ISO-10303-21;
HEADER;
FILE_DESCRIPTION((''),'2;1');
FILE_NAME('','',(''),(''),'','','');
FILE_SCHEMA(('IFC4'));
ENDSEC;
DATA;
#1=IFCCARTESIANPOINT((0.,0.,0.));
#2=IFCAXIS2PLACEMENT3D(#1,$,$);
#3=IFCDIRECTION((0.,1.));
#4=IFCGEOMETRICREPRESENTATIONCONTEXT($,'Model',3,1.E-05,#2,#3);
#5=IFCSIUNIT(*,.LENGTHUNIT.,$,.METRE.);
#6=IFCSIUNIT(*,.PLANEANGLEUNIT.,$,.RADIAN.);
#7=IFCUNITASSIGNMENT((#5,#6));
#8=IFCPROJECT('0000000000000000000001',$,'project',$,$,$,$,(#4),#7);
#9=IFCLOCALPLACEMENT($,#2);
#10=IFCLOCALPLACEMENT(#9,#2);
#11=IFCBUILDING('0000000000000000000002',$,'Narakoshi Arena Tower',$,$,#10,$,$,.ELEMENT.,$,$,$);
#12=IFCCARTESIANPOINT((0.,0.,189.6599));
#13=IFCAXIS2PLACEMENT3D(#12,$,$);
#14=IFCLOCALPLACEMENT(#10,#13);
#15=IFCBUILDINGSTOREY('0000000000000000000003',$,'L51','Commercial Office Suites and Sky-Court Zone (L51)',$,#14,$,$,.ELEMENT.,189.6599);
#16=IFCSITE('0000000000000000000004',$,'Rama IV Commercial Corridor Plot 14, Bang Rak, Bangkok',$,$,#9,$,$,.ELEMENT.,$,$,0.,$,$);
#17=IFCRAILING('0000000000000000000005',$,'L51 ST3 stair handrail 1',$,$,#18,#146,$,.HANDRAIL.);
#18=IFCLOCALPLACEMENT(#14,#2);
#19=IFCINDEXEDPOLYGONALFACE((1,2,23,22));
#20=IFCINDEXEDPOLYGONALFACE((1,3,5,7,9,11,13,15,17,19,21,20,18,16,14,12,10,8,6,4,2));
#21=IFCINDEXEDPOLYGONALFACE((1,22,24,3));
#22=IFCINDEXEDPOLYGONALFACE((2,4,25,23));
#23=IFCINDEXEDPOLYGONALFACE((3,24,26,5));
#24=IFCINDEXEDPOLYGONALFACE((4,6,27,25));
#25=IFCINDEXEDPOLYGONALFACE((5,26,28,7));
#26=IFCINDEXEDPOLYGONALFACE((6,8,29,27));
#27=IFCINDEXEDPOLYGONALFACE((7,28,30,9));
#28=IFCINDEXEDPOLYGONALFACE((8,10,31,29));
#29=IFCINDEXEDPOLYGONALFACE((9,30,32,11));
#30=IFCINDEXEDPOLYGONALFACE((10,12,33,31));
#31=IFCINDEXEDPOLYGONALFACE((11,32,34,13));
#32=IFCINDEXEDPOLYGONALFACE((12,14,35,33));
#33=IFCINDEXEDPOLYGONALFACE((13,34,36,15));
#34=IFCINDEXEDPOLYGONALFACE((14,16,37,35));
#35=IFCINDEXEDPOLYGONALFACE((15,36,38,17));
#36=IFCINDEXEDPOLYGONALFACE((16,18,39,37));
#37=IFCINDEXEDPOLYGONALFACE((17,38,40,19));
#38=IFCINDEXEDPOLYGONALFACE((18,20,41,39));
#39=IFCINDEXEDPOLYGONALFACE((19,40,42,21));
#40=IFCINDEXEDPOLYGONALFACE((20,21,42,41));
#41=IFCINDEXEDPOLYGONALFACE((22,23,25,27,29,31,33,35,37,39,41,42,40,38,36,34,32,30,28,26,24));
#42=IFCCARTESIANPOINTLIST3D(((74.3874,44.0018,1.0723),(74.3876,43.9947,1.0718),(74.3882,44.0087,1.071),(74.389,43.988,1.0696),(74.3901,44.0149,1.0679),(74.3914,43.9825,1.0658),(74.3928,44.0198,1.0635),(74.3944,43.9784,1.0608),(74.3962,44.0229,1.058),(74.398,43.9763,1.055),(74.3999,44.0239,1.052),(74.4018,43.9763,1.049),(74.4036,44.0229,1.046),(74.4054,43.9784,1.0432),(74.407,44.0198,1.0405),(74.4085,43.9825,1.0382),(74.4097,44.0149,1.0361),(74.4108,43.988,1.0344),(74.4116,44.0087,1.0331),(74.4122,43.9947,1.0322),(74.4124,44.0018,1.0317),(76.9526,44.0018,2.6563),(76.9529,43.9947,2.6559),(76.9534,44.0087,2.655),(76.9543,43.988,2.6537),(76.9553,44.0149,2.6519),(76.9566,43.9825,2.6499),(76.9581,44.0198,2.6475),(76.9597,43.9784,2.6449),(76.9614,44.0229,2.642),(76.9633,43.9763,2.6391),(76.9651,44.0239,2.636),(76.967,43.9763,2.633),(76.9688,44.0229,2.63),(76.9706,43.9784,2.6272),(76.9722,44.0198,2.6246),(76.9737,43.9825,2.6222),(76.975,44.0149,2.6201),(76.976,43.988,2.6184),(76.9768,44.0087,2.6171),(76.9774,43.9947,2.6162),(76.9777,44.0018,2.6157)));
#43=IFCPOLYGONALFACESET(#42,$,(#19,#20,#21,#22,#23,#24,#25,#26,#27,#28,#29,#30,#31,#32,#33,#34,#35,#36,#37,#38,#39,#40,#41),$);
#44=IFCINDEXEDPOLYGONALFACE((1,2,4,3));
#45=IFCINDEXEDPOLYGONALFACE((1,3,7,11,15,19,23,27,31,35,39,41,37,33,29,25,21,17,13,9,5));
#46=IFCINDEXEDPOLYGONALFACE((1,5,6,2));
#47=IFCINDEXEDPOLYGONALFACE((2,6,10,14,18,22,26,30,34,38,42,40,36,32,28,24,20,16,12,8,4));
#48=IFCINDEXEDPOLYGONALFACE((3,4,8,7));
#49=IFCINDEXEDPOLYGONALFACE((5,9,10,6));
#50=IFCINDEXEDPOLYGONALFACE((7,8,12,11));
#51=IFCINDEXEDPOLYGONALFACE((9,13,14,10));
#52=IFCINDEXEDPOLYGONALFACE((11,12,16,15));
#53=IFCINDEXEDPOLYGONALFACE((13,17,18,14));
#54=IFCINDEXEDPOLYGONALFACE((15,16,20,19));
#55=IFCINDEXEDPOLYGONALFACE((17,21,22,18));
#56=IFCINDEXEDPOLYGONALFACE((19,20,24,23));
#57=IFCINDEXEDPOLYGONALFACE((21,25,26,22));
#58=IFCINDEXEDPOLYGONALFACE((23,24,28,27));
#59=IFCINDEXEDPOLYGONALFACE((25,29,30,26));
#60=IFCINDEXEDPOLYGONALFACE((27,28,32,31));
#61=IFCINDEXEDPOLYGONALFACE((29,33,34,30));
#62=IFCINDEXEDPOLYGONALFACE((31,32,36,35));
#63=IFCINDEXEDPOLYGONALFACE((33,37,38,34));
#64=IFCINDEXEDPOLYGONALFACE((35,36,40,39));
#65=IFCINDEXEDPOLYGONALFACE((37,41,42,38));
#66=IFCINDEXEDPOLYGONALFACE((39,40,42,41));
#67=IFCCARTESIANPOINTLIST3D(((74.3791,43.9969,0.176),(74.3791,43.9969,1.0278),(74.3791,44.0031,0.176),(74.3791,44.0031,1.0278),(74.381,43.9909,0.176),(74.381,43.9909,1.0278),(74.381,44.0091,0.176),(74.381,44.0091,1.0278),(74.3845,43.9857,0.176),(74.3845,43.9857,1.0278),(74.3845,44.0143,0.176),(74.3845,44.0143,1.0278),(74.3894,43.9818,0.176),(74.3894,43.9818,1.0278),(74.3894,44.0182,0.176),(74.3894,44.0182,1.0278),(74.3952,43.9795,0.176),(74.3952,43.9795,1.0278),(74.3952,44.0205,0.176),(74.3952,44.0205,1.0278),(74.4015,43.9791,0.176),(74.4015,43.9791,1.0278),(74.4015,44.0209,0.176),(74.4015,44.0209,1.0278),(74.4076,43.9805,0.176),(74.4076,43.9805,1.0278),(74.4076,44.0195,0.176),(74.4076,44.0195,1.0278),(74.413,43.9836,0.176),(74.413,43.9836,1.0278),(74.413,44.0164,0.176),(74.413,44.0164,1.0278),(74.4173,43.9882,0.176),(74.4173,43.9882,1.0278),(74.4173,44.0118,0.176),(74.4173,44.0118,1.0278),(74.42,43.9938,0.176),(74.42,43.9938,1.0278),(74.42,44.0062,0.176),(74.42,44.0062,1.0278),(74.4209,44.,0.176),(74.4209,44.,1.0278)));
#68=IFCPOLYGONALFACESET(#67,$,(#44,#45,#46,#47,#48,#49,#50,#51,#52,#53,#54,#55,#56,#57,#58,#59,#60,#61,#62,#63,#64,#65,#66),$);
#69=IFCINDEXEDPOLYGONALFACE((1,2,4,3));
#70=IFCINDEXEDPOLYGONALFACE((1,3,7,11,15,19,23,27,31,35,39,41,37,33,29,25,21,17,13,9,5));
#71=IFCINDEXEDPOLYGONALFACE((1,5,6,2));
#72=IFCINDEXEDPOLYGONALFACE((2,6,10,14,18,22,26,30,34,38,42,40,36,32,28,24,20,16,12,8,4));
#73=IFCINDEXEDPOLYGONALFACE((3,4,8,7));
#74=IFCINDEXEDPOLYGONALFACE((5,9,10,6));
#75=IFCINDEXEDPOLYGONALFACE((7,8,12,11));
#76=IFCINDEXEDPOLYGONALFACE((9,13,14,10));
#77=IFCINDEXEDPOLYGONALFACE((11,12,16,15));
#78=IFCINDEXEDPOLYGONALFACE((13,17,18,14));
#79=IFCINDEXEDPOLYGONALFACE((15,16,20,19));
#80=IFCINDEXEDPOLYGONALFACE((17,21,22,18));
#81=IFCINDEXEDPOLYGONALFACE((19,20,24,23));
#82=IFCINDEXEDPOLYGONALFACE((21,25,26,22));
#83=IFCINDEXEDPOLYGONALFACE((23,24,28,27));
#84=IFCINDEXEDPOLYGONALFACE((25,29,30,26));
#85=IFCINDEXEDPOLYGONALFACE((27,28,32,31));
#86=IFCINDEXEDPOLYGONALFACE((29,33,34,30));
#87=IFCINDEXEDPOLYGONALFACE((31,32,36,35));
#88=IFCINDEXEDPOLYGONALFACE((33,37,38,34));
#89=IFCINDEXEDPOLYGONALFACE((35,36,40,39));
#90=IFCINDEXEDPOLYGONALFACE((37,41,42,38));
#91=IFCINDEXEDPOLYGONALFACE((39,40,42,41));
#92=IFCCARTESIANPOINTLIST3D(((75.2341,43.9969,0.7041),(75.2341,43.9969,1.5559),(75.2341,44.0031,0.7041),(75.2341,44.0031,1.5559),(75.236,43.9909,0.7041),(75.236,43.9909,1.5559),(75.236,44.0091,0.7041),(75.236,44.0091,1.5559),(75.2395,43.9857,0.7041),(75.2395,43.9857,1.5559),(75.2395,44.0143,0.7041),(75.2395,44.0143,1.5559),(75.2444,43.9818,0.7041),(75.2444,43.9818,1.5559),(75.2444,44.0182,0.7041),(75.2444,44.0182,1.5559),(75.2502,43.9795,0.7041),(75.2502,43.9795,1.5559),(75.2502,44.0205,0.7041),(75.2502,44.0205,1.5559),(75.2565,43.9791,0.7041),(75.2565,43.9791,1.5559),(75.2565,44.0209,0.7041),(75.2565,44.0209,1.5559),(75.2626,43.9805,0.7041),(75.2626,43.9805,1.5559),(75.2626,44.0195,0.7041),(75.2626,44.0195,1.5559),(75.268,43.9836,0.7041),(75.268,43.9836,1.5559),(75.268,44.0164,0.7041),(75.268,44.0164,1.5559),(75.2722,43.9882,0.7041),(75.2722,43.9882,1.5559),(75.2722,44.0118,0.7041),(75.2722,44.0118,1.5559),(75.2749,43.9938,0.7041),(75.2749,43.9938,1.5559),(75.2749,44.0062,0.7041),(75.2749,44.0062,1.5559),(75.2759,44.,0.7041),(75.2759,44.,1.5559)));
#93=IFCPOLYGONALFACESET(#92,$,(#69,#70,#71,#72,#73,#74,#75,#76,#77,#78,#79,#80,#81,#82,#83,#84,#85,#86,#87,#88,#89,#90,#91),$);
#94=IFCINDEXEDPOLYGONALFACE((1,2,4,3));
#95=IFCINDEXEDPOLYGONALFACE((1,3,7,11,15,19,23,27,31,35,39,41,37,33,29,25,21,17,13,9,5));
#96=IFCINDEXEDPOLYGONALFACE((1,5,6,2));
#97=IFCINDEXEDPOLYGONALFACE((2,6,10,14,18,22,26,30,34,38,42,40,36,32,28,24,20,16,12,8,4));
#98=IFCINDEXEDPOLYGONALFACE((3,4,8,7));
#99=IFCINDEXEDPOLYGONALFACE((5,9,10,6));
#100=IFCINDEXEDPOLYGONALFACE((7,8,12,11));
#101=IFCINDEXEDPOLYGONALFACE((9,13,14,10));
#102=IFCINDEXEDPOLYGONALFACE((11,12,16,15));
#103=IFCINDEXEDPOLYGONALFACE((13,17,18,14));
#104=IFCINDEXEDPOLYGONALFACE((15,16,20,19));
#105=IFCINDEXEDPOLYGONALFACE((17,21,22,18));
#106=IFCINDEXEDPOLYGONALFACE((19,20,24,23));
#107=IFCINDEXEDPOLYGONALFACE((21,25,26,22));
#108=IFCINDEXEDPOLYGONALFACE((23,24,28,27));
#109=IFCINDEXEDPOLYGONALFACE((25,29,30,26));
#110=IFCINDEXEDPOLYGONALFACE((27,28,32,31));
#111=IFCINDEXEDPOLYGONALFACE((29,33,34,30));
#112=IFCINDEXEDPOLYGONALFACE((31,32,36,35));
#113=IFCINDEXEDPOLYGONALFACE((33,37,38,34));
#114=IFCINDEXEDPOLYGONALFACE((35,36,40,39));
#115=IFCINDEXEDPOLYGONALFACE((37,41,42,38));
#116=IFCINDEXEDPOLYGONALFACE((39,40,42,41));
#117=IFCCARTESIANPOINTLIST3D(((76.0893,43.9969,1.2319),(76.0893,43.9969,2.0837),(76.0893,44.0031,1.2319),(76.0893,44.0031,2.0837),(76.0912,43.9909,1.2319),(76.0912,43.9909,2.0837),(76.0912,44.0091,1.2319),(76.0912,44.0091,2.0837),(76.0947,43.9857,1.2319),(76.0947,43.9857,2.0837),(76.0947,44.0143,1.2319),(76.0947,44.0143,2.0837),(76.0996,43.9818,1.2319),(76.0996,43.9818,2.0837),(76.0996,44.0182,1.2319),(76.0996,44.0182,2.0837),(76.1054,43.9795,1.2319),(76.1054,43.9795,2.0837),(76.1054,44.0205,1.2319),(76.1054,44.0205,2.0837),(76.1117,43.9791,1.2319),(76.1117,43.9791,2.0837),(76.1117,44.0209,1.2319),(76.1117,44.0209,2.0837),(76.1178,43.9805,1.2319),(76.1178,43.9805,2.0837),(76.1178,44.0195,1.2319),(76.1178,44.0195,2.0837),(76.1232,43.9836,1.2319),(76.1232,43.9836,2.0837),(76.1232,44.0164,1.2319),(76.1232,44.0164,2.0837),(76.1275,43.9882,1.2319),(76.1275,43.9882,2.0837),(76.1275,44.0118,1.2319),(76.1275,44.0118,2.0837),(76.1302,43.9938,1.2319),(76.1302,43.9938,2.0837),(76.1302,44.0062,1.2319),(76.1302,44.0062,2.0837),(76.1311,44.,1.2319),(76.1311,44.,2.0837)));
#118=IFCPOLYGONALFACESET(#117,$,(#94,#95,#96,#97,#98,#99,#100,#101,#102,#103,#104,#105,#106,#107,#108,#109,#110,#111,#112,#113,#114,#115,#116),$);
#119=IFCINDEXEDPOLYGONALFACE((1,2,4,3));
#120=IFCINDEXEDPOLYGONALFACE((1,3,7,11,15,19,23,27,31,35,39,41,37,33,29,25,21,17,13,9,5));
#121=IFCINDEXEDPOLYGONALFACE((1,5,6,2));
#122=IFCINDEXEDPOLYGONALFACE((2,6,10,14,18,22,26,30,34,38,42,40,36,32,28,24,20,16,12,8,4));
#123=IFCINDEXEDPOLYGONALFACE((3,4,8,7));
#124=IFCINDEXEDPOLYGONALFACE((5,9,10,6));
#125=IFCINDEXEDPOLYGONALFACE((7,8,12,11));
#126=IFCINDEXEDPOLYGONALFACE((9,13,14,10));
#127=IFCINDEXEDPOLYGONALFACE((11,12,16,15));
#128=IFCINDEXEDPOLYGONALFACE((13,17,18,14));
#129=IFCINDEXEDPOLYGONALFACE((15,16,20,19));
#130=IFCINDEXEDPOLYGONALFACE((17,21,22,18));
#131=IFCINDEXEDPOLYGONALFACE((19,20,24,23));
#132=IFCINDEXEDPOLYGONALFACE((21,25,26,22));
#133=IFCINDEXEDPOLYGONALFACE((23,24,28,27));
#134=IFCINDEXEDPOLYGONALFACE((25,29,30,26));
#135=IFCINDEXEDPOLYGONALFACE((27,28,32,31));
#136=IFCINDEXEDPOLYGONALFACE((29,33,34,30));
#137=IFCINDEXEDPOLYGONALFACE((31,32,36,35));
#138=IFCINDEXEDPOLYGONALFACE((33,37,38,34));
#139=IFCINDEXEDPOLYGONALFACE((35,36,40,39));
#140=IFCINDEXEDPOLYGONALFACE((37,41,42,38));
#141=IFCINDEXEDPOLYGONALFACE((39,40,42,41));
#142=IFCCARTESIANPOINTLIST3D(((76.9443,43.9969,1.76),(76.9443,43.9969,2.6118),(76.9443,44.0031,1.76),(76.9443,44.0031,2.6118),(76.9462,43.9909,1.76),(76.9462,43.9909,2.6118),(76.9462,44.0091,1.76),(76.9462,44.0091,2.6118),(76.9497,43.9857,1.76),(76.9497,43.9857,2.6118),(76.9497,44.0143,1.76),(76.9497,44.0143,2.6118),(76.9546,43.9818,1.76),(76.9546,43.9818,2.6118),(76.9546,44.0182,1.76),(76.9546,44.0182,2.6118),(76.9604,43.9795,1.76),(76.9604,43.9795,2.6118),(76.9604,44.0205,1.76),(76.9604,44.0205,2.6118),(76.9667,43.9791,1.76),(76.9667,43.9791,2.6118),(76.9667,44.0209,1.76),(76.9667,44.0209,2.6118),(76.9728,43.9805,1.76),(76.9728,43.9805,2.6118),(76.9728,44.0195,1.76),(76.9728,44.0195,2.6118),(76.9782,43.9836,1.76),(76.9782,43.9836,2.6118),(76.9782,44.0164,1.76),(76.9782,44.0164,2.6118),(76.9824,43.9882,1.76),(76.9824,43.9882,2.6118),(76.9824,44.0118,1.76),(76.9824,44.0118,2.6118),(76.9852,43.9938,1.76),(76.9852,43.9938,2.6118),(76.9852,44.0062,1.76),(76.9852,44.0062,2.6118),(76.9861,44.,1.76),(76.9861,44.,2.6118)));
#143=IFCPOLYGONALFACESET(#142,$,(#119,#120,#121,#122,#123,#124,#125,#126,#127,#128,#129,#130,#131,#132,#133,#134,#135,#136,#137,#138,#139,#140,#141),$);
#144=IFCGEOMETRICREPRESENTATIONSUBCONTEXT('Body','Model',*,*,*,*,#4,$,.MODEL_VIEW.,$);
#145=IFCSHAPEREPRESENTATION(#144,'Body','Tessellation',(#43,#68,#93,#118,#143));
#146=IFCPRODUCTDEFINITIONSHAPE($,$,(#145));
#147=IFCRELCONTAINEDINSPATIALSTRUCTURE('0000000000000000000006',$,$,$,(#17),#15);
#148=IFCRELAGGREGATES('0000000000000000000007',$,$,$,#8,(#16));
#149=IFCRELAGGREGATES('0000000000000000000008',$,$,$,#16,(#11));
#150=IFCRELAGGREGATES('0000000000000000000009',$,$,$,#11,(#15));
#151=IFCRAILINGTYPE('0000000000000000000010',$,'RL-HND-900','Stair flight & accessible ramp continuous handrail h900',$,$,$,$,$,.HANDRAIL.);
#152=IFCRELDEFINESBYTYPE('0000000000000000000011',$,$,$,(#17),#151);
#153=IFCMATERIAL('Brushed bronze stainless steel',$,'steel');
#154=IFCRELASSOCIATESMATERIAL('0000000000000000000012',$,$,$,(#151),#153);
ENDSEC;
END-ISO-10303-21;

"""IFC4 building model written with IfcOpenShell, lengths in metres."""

from ifc_helpers import new_model, si_unit, direction, frame, origin, origin_2d, place, context, subcontext, project, spatial, circle, extrude, material, type_object, element, save


model = new_model("IFC4")

# Units and contexts
model_context = context("Model", 3, precision=1e-05, world=origin(), true_north=direction((0.0, 1.0)))
body_context = subcontext(model_context, "Body", "Model", "MODEL_VIEW")
ifc_project = project(units=[si_unit("LENGTHUNIT", "METRE"), si_unit("PLANEANGLEUNIT", "RADIAN")], contexts=[model_context])

# Site, building, storey
site_placement = place(None, origin())
site = spatial("IfcSite", under=ifc_project, at=site_placement, Name="Rama IV Commercial Corridor Plot 14, Bang Rak, Bangkok", CompositionType="ELEMENT", RefElevation=0.0)
building_placement = place(site_placement, origin())
building = spatial("IfcBuilding", under=site, at=building_placement, Name="Narakoshi Arena Tower", CompositionType="ELEMENT")
storey_placement = place(building_placement, frame((0.0, 0.0, 189.6599)))
storey = spatial("IfcBuildingStorey", under=building, at=storey_placement, Name="L51", Description="Commercial Office Suites and Sky-Court Zone (L51)", CompositionType="ELEMENT", Elevation=189.6599)

# Railing
ifc_material_1 = material(Name="Brushed bronze stainless steel", Category="steel")
railing_type_1 = type_object("IfcRailingType", Name="RL-HND-900", Description="Stair flight & accessible ramp continuous handrail h900", PredefinedType="HANDRAIL", material=ifc_material_1)
railing_1_placement = place(storey_placement, frame((74.3999, 44.0, 0.176)))
element("IfcRailing", 1, at=railing_1_placement, inside=storey, type_object=railing_type_1, Name="L51 ST3 stair handrail 1", PredefinedType="HANDRAIL", context=body_context, shape_type="SweptSolid", body=[
    extrude(circle(Radius=0.0239, at=origin_2d()), frame((0.0, 0.0, 0.876), z_axis=(0.850857, 0.0, 0.525398), x_axis=(0.0, 1.0, 0.0)), (0.0, 0.0, 1.0), 3.0149),
    extrude(circle(Radius=0.021, at=origin_2d()), origin(), (0.0, 0.0, 1.0), 0.8518),
    extrude(circle(Radius=0.021, at=origin_2d()), frame((0.855, 0.0, 0.5281)), (0.0, 0.0, 1.0), 0.8518),
    extrude(circle(Radius=0.021, at=origin_2d()), frame((1.7102, 0.0, 1.0559)), (0.0, 0.0, 1.0), 0.8518),
    extrude(circle(Radius=0.021, at=origin_2d()), frame((2.5652, 0.0, 1.584)), (0.0, 0.0, 1.0), 0.8518),
])

save(model, "model.ifc")
